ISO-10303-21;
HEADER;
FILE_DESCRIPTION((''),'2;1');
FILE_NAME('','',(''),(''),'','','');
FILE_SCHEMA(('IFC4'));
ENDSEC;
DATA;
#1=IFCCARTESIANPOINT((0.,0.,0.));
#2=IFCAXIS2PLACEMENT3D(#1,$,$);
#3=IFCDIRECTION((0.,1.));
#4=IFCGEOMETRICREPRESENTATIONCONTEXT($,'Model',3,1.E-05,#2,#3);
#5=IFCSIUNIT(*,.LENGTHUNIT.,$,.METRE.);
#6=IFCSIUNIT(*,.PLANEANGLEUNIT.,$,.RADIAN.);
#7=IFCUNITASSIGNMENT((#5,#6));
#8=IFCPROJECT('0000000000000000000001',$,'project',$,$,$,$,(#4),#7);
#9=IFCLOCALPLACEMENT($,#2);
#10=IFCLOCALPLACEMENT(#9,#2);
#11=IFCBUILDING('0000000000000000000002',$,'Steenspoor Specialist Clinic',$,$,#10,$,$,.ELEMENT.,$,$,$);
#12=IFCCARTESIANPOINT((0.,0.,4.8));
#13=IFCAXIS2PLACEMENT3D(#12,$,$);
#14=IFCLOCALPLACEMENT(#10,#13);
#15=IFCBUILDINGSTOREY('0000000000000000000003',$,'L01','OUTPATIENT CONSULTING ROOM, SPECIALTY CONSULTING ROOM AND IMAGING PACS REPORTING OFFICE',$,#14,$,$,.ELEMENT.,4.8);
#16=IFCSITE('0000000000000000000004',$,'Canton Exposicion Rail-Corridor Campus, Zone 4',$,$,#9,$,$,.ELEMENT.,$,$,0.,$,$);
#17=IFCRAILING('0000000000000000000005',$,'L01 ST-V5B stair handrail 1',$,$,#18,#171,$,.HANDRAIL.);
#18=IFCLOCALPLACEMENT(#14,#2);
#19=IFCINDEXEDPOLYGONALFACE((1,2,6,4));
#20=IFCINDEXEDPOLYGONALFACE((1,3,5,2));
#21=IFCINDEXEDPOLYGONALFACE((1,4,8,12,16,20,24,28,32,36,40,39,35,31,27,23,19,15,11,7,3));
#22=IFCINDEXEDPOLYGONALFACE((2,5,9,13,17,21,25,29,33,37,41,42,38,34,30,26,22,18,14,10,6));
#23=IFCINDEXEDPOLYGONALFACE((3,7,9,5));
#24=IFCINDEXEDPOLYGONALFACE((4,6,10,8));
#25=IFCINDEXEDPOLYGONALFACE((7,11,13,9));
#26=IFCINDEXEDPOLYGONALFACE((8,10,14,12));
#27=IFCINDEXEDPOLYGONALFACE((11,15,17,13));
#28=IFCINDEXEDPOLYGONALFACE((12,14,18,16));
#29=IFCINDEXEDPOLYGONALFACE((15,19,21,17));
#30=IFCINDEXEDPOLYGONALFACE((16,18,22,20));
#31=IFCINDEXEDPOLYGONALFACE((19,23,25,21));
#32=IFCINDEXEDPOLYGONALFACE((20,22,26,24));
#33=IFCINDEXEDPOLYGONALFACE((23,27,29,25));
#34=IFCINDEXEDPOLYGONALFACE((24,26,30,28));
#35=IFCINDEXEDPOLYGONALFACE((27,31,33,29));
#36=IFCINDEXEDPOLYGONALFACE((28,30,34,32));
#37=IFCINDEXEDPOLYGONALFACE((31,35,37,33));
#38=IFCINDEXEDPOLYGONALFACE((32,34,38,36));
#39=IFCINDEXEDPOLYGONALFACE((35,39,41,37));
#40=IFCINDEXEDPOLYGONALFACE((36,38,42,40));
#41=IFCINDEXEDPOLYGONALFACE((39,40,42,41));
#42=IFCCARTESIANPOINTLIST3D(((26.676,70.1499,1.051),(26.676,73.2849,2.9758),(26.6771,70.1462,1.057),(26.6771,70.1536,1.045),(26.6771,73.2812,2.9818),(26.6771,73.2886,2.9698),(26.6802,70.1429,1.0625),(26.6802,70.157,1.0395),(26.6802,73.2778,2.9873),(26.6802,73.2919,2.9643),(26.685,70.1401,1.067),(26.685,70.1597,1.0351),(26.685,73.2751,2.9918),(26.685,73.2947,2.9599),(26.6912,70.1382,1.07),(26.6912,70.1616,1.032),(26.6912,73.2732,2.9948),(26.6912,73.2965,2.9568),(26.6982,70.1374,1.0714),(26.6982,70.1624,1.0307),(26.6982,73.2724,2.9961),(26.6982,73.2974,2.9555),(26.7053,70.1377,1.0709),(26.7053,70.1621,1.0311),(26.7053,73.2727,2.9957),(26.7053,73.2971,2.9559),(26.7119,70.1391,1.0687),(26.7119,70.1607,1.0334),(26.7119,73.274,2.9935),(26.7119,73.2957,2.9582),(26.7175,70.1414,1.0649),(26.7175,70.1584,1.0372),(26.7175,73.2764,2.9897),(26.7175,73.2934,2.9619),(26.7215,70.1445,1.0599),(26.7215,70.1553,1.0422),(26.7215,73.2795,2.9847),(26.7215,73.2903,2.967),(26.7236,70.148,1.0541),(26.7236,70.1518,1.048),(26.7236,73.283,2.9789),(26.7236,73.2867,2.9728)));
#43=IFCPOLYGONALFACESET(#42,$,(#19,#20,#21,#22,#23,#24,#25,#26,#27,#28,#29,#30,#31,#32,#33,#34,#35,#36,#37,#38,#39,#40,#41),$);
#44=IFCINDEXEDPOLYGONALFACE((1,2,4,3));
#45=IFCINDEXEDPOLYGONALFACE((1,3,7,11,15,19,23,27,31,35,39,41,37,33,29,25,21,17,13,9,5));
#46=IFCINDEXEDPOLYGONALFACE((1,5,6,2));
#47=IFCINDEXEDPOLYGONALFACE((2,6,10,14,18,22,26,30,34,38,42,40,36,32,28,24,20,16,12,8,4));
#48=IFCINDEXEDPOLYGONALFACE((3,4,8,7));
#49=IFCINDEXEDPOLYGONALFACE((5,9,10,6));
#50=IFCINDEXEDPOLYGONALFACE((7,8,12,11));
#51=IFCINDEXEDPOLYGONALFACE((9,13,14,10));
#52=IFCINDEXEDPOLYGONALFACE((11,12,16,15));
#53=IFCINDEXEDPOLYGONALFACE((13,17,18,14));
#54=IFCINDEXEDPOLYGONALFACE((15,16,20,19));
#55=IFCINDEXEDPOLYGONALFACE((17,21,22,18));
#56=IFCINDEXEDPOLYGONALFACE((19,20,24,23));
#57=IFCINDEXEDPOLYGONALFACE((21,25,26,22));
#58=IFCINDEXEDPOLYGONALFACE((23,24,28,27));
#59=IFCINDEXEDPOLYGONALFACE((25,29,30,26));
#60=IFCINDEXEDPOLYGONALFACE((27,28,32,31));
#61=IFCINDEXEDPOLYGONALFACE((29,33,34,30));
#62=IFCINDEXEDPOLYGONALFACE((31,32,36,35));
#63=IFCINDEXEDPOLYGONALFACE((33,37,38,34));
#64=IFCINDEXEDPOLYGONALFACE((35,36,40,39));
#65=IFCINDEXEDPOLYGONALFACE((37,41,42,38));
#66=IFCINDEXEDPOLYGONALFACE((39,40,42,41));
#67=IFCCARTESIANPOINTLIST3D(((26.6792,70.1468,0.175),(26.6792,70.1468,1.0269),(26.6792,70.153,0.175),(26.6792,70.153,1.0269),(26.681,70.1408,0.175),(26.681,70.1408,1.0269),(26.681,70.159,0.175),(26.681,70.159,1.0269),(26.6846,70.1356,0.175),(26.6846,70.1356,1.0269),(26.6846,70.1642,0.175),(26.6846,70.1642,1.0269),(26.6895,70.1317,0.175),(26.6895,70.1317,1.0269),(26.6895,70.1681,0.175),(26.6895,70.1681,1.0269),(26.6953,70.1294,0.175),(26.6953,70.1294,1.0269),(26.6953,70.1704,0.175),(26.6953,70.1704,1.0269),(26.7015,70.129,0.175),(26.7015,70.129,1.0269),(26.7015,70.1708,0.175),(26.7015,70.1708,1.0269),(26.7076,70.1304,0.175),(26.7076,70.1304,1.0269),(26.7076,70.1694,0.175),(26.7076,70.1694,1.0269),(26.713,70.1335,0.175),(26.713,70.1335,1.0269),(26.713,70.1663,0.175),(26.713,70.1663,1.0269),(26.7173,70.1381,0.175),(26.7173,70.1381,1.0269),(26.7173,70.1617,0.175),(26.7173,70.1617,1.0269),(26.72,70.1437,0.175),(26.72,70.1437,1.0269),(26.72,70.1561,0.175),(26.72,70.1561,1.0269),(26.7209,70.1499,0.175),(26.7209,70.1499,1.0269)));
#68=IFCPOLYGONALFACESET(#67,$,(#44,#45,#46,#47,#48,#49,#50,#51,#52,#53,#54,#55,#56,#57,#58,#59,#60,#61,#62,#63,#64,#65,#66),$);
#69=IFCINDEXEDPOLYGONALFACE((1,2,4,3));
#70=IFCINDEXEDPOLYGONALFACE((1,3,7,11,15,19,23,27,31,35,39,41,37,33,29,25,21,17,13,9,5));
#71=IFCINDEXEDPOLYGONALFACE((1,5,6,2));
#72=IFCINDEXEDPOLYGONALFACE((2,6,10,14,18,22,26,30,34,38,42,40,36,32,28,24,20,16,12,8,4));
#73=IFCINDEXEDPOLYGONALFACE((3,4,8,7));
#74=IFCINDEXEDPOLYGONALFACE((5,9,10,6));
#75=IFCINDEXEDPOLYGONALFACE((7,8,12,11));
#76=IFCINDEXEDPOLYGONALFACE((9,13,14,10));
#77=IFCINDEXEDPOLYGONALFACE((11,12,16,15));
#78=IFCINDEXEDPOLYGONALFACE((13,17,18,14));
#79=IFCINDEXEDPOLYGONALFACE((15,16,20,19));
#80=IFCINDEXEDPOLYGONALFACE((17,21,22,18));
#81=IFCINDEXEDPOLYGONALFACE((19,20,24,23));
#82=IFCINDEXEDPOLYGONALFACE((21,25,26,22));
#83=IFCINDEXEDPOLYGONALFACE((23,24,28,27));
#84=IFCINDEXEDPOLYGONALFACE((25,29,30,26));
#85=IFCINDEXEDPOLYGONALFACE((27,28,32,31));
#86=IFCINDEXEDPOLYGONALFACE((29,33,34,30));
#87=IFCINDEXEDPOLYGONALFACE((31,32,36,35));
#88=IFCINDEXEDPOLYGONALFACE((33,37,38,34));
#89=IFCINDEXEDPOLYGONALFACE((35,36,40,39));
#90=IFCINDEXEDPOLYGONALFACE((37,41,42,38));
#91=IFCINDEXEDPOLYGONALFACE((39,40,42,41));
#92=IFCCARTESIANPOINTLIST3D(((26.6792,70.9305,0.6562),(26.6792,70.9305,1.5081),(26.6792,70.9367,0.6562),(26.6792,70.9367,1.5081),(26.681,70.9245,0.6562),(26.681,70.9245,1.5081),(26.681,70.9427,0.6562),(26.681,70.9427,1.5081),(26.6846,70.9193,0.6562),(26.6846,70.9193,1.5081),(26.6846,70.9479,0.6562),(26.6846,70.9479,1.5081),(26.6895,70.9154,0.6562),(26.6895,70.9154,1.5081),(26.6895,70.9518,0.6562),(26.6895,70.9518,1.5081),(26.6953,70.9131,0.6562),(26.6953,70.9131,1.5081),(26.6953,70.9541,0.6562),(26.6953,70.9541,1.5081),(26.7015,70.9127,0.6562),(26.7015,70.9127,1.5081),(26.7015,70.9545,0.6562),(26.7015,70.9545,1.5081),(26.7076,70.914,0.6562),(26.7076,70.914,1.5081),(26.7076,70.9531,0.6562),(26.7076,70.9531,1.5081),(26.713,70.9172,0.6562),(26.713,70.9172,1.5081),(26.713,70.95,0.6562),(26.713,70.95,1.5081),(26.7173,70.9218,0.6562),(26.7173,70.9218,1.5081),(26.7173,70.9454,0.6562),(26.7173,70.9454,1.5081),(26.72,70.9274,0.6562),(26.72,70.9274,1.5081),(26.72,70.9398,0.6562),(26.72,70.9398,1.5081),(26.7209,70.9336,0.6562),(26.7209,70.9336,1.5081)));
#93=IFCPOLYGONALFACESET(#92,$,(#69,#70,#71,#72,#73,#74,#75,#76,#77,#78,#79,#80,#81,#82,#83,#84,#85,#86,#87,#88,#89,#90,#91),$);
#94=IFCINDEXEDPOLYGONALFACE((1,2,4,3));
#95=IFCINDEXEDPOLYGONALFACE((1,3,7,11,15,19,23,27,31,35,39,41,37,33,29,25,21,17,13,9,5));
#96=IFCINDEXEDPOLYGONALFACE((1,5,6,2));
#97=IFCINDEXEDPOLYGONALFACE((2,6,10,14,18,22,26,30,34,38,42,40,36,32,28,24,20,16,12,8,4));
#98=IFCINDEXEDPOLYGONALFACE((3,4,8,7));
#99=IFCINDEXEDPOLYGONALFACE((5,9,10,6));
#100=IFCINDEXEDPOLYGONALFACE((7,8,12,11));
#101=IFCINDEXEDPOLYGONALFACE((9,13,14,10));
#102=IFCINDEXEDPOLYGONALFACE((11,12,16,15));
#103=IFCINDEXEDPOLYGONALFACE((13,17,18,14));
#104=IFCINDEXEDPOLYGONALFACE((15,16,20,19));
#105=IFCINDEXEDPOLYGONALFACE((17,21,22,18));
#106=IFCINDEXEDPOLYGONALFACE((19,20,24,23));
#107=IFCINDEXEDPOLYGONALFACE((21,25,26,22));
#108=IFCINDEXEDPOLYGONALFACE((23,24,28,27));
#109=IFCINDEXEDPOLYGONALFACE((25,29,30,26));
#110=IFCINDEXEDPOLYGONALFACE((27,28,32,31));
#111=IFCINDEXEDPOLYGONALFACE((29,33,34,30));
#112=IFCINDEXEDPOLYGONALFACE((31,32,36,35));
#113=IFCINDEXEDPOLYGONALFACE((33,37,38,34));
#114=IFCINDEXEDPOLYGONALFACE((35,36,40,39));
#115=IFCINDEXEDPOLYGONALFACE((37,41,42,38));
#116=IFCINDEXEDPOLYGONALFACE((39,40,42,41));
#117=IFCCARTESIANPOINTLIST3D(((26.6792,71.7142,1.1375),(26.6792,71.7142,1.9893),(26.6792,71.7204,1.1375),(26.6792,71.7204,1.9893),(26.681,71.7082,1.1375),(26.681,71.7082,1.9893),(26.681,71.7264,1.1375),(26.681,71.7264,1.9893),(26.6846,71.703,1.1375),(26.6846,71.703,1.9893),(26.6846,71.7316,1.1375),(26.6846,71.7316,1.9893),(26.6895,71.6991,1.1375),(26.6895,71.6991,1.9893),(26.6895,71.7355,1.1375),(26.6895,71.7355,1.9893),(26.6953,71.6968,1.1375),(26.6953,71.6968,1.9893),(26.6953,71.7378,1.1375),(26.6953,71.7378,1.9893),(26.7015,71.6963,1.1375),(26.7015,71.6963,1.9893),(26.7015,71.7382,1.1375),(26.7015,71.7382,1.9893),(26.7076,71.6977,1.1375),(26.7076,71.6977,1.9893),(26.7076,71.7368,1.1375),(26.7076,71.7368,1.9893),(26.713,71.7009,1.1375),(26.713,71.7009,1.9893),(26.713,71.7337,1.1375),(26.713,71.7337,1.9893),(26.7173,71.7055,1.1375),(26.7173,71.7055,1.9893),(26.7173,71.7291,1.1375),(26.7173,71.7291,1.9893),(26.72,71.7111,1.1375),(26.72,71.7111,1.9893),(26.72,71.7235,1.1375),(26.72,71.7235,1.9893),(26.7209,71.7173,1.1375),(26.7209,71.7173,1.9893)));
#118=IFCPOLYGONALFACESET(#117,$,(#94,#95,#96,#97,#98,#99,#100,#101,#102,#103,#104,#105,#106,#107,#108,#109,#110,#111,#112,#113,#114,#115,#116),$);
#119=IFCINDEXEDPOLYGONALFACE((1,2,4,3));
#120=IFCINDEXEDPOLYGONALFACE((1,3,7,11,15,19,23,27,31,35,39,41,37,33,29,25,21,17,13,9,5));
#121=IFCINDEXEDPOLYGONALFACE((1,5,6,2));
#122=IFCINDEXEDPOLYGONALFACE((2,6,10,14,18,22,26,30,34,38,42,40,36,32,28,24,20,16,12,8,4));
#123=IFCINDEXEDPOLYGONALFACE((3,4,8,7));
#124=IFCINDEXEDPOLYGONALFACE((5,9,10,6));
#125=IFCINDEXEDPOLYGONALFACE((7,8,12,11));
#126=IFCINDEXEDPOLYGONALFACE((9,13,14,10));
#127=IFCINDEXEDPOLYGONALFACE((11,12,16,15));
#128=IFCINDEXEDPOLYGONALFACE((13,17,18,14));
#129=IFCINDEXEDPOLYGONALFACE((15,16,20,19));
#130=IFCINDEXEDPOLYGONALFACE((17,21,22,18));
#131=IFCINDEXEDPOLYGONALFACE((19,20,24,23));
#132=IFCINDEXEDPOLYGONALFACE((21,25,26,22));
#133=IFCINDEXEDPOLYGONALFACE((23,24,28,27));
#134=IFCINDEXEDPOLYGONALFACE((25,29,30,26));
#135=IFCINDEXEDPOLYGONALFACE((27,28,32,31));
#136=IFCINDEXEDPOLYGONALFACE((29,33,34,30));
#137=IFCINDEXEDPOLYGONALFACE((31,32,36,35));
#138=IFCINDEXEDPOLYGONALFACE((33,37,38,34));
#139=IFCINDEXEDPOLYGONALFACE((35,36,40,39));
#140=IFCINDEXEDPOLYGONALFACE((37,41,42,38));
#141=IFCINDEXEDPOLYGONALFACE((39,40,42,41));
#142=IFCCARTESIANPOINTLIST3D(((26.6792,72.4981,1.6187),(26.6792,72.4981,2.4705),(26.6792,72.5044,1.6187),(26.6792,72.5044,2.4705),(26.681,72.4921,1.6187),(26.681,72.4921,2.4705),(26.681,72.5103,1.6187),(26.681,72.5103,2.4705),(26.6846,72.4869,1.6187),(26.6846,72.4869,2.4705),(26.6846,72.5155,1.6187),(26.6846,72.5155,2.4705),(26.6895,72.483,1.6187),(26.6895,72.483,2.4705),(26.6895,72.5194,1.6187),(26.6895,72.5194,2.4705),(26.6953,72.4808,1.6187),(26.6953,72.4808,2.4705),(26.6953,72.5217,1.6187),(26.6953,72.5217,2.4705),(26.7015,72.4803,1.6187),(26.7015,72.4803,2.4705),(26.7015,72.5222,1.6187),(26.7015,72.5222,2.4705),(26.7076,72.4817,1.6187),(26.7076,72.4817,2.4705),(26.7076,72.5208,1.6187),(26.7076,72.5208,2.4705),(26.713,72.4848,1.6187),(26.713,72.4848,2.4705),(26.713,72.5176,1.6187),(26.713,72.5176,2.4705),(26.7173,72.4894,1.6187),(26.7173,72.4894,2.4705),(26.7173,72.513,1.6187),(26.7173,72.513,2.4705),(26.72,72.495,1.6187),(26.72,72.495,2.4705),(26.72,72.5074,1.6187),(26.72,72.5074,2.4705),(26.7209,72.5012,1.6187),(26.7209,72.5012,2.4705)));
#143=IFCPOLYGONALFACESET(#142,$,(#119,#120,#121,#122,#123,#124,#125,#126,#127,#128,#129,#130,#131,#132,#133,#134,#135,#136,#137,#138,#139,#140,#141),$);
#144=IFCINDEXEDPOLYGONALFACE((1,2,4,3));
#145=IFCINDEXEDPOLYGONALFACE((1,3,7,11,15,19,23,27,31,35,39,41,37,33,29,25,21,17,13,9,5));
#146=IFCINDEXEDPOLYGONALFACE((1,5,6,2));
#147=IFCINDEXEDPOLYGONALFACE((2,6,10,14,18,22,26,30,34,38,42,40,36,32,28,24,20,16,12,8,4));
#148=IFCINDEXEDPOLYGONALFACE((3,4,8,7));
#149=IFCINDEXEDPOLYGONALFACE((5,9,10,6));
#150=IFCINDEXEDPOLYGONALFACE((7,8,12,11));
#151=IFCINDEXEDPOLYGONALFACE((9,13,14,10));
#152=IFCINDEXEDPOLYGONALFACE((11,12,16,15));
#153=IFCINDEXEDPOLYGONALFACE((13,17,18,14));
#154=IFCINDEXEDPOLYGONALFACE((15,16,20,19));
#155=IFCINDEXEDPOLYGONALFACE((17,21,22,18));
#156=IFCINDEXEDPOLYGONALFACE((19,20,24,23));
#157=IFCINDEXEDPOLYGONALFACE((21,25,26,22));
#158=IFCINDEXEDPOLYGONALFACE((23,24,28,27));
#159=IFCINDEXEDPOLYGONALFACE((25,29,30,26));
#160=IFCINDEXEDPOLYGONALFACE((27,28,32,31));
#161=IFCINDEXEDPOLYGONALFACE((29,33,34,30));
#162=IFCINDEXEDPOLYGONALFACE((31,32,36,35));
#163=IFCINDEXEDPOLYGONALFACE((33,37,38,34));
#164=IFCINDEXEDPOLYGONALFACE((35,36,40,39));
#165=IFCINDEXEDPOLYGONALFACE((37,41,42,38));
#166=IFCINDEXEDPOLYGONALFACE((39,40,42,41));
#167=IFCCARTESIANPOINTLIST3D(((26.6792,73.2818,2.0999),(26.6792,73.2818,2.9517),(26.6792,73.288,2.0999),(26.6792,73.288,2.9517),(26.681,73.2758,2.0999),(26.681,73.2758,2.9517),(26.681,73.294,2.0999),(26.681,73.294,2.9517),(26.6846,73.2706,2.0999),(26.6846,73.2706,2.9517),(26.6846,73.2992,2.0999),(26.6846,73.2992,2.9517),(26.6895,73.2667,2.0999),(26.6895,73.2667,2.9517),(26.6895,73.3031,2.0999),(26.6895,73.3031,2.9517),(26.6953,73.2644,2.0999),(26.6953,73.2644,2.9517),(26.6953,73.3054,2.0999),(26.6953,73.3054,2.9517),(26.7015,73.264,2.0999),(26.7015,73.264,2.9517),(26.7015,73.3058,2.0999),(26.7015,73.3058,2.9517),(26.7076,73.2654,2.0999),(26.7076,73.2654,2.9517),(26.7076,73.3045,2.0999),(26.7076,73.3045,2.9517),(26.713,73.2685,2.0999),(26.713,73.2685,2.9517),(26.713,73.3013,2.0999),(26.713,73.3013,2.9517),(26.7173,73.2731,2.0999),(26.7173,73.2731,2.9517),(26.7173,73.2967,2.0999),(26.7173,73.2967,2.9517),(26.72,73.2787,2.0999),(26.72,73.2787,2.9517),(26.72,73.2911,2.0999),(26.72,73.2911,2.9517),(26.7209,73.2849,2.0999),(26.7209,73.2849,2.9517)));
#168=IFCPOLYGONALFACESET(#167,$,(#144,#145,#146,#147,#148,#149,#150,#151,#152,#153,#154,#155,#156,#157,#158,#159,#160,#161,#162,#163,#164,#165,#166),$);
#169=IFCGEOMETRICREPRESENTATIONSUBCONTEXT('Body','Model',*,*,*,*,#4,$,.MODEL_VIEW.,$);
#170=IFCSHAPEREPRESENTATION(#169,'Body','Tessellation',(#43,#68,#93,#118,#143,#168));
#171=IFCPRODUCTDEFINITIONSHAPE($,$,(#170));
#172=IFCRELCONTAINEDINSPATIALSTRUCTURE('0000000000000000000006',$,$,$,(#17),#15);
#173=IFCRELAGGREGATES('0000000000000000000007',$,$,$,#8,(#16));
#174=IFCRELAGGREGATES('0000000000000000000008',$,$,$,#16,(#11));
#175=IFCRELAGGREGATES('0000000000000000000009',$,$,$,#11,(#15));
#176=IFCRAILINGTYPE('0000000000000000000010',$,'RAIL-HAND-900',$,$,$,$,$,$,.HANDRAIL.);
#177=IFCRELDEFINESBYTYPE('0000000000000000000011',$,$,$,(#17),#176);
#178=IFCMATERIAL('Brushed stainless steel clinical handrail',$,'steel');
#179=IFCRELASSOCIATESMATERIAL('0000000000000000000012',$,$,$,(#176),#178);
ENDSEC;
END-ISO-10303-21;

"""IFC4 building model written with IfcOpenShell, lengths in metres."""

from ifc_helpers import new_model, si_unit, direction, frame, origin, origin_2d, place, context, subcontext, project, spatial, circle, extrude, material, type_object, element, save


model = new_model("IFC4")

# Units and contexts
model_context = context("Model", 3, precision=1e-05, world=origin(), true_north=direction((0.0, 1.0)))
body_context = subcontext(model_context, "Body", "Model", "MODEL_VIEW")
ifc_project = project(units=[si_unit("LENGTHUNIT", "METRE"), si_unit("PLANEANGLEUNIT", "RADIAN")], contexts=[model_context])

# Site, building, storey
site_placement = place(None, origin())
site = spatial("IfcSite", under=ifc_project, at=site_placement, Name="Canton Exposicion Rail-Corridor Campus, Zone 4", CompositionType="ELEMENT", RefElevation=0.0)
building_placement = place(site_placement, origin())
building = spatial("IfcBuilding", under=site, at=building_placement, Name="Steenspoor Specialist Clinic", CompositionType="ELEMENT")
storey_placement = place(building_placement, frame((0.0, 0.0, 4.8)))
storey = spatial("IfcBuildingStorey", under=building, at=storey_placement, Name="L01", Description="OUTPATIENT CONSULTING ROOM, SPECIALTY CONSULTING ROOM AND IMAGING PACS REPORTING OFFICE", CompositionType="ELEMENT", Elevation=4.8)

# Railing
ifc_material_1 = material(Name="Brushed stainless steel clinical handrail", Category="steel")
railing_type_1 = type_object("IfcRailingType", Name="RAIL-HAND-900", PredefinedType="HANDRAIL", material=ifc_material_1)
railing_1_placement = place(storey_placement, frame((26.7, 70.1499, 0.175)))
element("IfcRailing", 1, at=railing_1_placement, inside=storey, type_object=railing_type_1, Name="L01 ST-V5B stair handrail 1", PredefinedType="HANDRAIL", context=body_context, shape_type="SweptSolid", body=[
    extrude(circle(Radius=0.0239, at=origin_2d()), frame((0.0, 0.0, 0.876), z_axis=(0.0, 0.852196, 0.523223), x_axis=(-1.0, 0.0, 0.0)), (0.0, 0.0, 1.0), 3.6787),
    extrude(circle(Radius=0.021, at=origin_2d()), origin(), (0.0, 0.0, 1.0), 0.8518),
    extrude(circle(Radius=0.021, at=origin_2d()), frame((0.0, 0.7837, 0.4812)), (0.0, 0.0, 1.0), 0.8518),
    extrude(circle(Radius=0.021, at=origin_2d()), frame((0.0, 1.5674, 0.9624)), (0.0, 0.0, 1.0), 0.8518),
    extrude(circle(Radius=0.021, at=origin_2d()), frame((0.0, 2.3513, 1.4436)), (0.0, 0.0, 1.0), 0.8518),
    extrude(circle(Radius=0.021, at=origin_2d()), frame((0.0, 3.135, 1.9248)), (0.0, 0.0, 1.0), 0.8518),
])

save(model, "model.ifc")
